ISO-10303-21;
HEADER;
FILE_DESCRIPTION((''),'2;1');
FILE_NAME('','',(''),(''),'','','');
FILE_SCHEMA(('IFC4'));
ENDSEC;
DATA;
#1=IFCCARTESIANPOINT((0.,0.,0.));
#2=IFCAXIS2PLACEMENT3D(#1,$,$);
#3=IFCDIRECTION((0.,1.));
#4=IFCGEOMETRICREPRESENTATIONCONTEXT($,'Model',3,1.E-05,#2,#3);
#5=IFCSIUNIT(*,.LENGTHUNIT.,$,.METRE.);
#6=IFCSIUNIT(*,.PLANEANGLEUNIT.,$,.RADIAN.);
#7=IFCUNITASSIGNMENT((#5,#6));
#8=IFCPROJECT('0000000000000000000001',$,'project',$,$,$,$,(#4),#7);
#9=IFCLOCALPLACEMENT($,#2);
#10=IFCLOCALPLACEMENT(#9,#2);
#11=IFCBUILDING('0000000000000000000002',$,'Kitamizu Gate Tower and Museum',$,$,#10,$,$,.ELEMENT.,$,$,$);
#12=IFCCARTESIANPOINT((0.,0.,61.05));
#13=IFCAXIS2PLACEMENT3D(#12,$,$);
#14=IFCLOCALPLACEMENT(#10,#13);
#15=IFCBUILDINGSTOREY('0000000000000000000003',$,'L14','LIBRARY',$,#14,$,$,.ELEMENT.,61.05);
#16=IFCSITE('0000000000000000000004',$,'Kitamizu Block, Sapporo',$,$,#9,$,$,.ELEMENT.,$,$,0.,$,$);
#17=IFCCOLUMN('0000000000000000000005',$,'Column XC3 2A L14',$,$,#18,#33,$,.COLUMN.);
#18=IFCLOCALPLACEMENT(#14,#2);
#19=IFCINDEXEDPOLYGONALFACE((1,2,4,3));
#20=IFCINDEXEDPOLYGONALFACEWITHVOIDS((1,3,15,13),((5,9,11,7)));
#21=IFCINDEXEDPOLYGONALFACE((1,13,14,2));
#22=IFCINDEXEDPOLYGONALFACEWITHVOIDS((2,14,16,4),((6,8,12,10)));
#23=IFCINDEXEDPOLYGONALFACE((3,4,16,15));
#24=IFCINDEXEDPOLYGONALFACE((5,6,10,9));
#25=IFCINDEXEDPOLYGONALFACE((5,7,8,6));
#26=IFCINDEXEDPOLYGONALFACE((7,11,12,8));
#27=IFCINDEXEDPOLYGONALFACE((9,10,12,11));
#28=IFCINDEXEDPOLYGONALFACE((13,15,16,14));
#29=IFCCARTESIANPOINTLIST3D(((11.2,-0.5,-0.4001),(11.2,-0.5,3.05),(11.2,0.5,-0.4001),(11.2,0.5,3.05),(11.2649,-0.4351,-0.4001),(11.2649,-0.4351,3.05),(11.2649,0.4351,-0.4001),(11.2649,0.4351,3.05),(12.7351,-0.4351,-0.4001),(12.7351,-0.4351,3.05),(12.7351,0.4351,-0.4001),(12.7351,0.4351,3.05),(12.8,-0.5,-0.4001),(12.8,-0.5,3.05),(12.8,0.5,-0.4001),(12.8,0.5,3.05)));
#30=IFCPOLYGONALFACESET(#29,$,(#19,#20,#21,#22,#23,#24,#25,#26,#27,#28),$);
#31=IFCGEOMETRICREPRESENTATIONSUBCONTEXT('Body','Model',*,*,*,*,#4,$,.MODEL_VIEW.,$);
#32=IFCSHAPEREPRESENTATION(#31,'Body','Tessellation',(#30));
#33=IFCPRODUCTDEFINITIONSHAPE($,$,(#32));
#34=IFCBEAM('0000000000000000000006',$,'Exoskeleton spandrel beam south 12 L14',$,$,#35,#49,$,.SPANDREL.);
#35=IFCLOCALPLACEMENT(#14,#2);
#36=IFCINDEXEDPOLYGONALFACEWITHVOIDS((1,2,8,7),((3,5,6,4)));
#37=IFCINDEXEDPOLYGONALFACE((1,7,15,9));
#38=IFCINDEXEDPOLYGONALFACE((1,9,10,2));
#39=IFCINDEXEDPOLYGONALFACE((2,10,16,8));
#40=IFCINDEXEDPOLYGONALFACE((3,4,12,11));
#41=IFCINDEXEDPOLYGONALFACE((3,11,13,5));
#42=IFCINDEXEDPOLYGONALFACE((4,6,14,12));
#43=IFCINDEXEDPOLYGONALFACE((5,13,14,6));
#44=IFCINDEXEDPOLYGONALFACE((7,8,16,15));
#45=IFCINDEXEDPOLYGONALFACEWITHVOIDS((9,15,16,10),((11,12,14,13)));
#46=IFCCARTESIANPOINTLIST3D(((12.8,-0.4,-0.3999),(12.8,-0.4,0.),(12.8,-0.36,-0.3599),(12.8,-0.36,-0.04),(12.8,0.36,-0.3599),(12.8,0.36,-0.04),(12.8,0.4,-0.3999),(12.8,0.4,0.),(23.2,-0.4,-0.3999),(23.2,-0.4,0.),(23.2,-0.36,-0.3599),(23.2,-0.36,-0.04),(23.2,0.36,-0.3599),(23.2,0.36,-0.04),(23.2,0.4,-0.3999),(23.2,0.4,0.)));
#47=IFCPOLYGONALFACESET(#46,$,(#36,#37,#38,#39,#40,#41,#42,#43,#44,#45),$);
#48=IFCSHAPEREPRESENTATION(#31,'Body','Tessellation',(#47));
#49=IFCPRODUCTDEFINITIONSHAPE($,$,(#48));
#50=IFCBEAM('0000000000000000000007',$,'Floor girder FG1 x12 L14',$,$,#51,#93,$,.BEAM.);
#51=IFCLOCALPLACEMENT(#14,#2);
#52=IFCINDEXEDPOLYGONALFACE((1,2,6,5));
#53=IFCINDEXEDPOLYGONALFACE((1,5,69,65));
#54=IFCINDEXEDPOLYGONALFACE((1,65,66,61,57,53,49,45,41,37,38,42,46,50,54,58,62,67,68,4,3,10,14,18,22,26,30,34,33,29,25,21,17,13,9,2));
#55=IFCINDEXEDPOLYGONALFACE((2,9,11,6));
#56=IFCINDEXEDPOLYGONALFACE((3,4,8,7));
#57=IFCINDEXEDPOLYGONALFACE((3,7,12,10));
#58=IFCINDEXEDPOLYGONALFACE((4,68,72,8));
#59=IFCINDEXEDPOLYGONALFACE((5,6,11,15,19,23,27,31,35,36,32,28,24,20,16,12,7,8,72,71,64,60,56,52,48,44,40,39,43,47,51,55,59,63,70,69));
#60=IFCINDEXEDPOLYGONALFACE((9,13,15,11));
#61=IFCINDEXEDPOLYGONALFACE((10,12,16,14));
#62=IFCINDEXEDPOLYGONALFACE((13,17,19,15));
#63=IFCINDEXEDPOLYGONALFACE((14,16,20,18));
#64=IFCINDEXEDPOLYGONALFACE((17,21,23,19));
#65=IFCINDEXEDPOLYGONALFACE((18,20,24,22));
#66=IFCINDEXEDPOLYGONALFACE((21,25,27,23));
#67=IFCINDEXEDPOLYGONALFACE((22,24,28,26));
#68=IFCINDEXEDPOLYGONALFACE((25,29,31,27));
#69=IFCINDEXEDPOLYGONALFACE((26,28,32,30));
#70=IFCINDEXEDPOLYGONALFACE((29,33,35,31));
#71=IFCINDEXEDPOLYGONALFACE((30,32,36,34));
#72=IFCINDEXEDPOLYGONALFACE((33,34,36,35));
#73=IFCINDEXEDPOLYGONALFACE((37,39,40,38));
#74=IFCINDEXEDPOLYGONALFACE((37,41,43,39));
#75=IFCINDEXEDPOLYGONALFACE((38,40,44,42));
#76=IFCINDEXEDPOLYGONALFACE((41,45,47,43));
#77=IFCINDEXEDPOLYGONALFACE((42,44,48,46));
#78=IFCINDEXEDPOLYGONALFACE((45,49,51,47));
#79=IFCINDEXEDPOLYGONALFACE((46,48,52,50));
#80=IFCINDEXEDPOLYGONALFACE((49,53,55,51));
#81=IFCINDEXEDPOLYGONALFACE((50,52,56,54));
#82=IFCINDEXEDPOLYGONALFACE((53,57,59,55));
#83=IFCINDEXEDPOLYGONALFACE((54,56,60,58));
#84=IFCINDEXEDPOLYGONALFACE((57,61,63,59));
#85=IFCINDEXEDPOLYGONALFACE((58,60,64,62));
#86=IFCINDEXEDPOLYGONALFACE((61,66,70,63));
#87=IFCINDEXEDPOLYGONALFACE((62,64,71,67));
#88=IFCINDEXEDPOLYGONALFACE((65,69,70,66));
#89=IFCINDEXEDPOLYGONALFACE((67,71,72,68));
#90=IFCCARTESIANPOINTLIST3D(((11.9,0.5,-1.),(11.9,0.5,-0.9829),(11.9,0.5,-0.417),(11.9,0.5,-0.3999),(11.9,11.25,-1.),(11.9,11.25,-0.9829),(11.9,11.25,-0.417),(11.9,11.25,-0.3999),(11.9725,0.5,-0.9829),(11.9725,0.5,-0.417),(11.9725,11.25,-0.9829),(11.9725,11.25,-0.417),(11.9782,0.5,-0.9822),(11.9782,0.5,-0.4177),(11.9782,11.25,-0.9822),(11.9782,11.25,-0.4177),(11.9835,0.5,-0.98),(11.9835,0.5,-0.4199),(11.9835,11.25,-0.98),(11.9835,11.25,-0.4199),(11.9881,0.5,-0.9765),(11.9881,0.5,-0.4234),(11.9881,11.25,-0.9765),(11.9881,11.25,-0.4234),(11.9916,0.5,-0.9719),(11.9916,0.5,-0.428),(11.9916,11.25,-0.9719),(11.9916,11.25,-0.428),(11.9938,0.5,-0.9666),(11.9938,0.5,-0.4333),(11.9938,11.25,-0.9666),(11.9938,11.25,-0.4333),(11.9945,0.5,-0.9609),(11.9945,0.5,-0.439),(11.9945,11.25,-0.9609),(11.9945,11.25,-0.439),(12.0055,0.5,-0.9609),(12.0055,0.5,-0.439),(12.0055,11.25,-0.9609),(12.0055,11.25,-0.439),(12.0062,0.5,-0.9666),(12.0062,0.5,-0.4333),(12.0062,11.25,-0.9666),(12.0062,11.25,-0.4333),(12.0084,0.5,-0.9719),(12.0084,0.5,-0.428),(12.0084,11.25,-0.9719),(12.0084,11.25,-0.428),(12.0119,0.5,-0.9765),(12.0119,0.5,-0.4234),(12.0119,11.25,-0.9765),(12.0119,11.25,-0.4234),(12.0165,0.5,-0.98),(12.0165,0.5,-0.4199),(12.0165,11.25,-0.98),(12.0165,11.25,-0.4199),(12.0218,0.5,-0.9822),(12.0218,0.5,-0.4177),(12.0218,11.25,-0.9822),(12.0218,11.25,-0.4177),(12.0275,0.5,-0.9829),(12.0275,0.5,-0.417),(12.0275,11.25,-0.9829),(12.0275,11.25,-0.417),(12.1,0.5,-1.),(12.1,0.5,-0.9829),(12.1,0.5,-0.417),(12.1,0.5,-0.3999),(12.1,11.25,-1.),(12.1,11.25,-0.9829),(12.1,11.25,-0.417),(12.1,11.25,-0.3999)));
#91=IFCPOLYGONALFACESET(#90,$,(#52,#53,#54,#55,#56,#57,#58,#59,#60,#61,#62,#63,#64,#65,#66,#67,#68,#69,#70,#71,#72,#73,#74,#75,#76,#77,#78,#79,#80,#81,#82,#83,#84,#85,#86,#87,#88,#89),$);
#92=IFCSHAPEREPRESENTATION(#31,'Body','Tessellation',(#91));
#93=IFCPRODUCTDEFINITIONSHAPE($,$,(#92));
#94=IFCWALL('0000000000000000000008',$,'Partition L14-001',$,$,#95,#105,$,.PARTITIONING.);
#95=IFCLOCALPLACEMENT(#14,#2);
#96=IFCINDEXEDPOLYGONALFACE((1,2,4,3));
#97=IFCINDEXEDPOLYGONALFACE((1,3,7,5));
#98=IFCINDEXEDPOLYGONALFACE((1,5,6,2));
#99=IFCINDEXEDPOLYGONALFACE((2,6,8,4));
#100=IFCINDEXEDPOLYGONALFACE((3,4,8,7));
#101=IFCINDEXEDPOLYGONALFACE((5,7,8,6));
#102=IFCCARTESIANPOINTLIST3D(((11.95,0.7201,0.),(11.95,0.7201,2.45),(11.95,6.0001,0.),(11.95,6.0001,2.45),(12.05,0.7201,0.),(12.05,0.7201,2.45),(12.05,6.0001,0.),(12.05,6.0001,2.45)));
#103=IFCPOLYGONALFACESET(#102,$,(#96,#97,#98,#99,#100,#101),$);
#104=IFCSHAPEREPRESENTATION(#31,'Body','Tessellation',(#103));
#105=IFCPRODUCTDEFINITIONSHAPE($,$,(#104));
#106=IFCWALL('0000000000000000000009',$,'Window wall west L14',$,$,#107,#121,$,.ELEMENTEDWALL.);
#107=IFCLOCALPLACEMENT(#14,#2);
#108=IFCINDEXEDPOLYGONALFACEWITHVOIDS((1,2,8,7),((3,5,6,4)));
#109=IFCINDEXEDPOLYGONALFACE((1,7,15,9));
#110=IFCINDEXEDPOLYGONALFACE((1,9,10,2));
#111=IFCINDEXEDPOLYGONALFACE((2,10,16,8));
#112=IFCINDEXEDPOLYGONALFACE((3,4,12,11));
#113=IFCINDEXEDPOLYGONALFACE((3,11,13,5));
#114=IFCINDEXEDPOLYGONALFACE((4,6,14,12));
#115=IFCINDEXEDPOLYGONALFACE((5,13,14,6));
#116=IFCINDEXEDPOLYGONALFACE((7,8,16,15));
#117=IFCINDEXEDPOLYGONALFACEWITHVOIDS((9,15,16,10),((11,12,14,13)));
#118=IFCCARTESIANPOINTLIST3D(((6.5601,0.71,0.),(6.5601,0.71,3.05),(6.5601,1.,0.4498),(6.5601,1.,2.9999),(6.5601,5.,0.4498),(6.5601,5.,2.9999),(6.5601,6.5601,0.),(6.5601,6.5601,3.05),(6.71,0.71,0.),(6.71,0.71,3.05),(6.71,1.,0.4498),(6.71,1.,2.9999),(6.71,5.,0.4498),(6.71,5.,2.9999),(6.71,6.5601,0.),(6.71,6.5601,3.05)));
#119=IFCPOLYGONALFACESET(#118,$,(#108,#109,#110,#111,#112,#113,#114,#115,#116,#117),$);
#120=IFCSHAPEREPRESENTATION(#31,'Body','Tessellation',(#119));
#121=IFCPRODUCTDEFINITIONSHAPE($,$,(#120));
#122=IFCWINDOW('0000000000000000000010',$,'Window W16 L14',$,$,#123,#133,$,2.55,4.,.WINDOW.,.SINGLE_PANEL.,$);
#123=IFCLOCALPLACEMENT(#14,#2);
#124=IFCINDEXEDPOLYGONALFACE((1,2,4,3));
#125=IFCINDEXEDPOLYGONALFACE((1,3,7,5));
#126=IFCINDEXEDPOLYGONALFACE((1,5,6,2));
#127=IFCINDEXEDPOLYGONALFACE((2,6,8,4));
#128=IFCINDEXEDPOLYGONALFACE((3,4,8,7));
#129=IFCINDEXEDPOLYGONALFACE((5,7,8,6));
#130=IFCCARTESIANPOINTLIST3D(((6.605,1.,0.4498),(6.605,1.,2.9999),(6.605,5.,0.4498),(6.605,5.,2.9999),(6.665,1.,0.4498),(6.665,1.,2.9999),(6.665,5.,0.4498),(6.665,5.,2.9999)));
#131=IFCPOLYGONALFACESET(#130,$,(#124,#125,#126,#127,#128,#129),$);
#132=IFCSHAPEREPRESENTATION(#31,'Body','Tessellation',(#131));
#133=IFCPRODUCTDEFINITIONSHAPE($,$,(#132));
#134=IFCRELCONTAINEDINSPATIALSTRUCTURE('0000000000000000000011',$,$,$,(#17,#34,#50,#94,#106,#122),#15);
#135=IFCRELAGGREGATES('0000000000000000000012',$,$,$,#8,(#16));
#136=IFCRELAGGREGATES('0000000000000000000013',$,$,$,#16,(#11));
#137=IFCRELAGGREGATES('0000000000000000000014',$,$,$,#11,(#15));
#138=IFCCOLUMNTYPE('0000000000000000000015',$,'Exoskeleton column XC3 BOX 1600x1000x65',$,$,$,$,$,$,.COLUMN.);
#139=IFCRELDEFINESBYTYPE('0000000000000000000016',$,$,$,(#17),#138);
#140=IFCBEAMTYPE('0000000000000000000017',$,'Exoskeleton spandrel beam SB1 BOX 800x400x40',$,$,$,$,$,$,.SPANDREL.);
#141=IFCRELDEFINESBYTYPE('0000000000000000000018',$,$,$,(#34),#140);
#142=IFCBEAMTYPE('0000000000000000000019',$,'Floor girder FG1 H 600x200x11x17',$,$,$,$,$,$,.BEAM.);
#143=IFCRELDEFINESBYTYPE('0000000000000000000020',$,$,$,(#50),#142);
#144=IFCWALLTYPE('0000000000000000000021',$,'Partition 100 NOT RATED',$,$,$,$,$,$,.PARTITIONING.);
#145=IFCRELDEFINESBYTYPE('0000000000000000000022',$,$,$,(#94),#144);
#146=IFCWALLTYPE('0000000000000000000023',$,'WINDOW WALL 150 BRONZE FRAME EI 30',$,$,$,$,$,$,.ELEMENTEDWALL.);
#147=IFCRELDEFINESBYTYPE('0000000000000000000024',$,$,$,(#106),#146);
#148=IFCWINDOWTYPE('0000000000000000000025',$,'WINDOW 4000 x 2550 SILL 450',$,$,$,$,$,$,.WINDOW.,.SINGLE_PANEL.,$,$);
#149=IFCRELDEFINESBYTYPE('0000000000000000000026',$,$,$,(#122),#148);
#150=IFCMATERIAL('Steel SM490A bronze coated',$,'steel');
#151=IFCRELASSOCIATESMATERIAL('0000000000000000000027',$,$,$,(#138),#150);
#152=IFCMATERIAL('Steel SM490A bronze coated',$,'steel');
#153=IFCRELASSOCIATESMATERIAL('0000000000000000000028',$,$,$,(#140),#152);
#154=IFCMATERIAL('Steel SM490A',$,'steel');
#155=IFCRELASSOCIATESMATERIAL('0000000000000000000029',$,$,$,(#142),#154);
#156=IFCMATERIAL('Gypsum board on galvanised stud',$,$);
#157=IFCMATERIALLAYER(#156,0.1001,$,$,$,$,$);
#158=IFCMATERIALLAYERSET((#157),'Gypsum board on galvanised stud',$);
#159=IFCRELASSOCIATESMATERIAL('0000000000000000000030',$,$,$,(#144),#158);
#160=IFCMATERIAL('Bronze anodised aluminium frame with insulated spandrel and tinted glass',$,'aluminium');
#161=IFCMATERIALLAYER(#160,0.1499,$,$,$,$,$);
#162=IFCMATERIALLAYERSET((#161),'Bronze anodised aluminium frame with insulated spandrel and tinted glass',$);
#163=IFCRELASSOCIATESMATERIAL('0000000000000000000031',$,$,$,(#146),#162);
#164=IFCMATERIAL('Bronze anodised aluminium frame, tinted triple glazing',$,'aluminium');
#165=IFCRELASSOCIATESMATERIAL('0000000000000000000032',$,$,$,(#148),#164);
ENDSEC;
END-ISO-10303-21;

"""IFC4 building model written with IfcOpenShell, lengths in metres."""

from ifc_helpers import new_model, si_unit, direction, frame, frame_2d, origin, origin_2d, place, context, subcontext, project, spatial, rectangle, hollow_rectangle, i_section, extrude, material, layer, layer_set, material_profile, profile_set, type_object, element, fill, save


model = new_model("IFC4")

# Units and contexts
model_context = context("Model", 3, precision=1e-05, world=origin(), true_north=direction((0.0, 1.0)))
body_context = subcontext(model_context, "Body", "Model", "MODEL_VIEW")
ifc_project = project(units=[si_unit("LENGTHUNIT", "METRE"), si_unit("PLANEANGLEUNIT", "RADIAN")], contexts=[model_context])

# Site, building, storey
site_placement = place(None, origin())
site = spatial("IfcSite", under=ifc_project, at=site_placement, Name="Kitamizu Block, Sapporo", CompositionType="ELEMENT", RefElevation=0.0)
building_placement = place(site_placement, origin())
building = spatial("IfcBuilding", under=site, at=building_placement, Name="Kitamizu Gate Tower and Museum", CompositionType="ELEMENT")
storey_placement = place(building_placement, frame((0.0, 0.0, 61.05)))
storey = spatial("IfcBuildingStorey", under=building, at=storey_placement, Name="L14", Description="LIBRARY", CompositionType="ELEMENT", Elevation=61.05)

# Column
ifc_material_1 = material(Name="Steel SM490A bronze coated", Category="steel")
ifc_material_profile_1 = material_profile(ifc_material_1, hollow_rectangle(XDim=1.6001, YDim=1.0, WallThickness=0.0649, at=origin_2d()), Name="BOX 1600x1000x65")
ifc_profile_set_1 = profile_set([ifc_material_profile_1], Name="Steel SM490A bronze coated")
column_type = type_object("IfcColumnType", Name="Exoskeleton column XC3 BOX 1600x1000x65", PredefinedType="COLUMN", material=ifc_profile_set_1)
column_placement = place(storey_placement, frame((12.0, 0.0, -0.4001), z_axis=(0.0, 0.0, 1.0), x_axis=(1.0, 0.0, 0.0)))
element("IfcColumn", 1, at=column_placement, inside=storey, type_object=column_type, Name="Column XC3 2A L14", PredefinedType="COLUMN", context=body_context, shape_type="SweptSolid", body=[
    extrude(hollow_rectangle(XDim=1.6001, YDim=1.0, WallThickness=0.0649, at=origin_2d()), origin(), (0.0, 0.0, 1.0), 3.4502),
])

# Beams
ifc_material_2 = material(Name="Steel SM490A bronze coated", Category="steel")
ifc_material_profile_2 = material_profile(ifc_material_2, hollow_rectangle(XDim=0.8, YDim=0.3999, WallThickness=0.04, at=origin_2d()), Name="BOX 800x400x40")
ifc_profile_set_2 = profile_set([ifc_material_profile_2], Name="Steel SM490A bronze coated")
beam_type_1 = type_object("IfcBeamType", Name="Exoskeleton spandrel beam SB1 BOX 800x400x40", PredefinedType="SPANDREL", material=ifc_profile_set_2)
beam_1_placement = place(storey_placement, frame((12.8, 0.0, -0.2), z_axis=(1.0, 0.0, 0.0), x_axis=(0.0, 1.0, 0.0)))
element("IfcBeam", 2, at=beam_1_placement, inside=storey, type_object=beam_type_1, Name="Exoskeleton spandrel beam south 12 L14", PredefinedType="SPANDREL", context=body_context, shape_type="SweptSolid", body=[
    extrude(hollow_rectangle(XDim=0.8, YDim=0.3999, WallThickness=0.04, at=origin_2d()), origin(), (0.0, 0.0, 1.0), 10.3999),
])
ifc_material_3 = material(Name="Steel SM490A", Category="steel")
ifc_material_profile_3 = material_profile(ifc_material_3, i_section(OverallWidth=0.2, OverallDepth=0.6001, WebThickness=0.011, FlangeThickness=0.0171, FilletRadius=0.022, at=origin_2d()), Name="H-600x200x11x17")
ifc_profile_set_3 = profile_set([ifc_material_profile_3], Name="Steel SM490A")
beam_type_2 = type_object("IfcBeamType", Name="Floor girder FG1 H 600x200x11x17", PredefinedType="BEAM", material=ifc_profile_set_3)
beam_2_placement = place(storey_placement, frame((12.0, 0.5, -0.7), z_axis=(0.0, 1.0, 0.0), x_axis=(-1.0, 0.0, 0.0)))
element("IfcBeam", 3, at=beam_2_placement, inside=storey, type_object=beam_type_2, Name="Floor girder FG1 x12 L14", PredefinedType="BEAM", context=body_context, shape_type="SweptSolid", body=[
    extrude(i_section(OverallWidth=0.2, OverallDepth=0.6001, WebThickness=0.011, FlangeThickness=0.0171, FilletRadius=0.022, at=origin_2d()), origin(), (0.0, 0.0, 1.0), 10.75),
])

# Wall
ifc_material_4 = material(Name="Gypsum board on galvanised stud")
ifc_layer_1 = layer(ifc_material_4, 0.1001)
ifc_layer_set_1 = layer_set([ifc_layer_1], Name="Gypsum board on galvanised stud")
wall_type_1 = type_object("IfcWallType", Name="Partition 100 NOT RATED", PredefinedType="PARTITIONING", material=ifc_layer_set_1)
wall_1_placement = place(storey_placement, frame((12.0, 0.72, 0.0), z_axis=(0.0, 0.0, 1.0), x_axis=(0.0, 1.0, 0.0)))
element("IfcWall", 4, at=wall_1_placement, inside=storey, type_object=wall_type_1, Name="Partition L14-001", PredefinedType="PARTITIONING", context=body_context, shape_type="SweptSolid", body=[
    extrude(rectangle(XDim=5.28, YDim=0.1001, at=frame_2d((2.6401, 0.0))), origin(), (0.0, 0.0, 1.0), 2.45),
])

# Shared definitions
ifc_material_5 = material(Name="Bronze anodised aluminium frame with insulated spandrel and tinted glass", Category="aluminium")
ifc_layer_2 = layer(ifc_material_5, 0.1499)
ifc_layer_set_2 = layer_set([ifc_layer_2], Name="Bronze anodised aluminium frame with insulated spandrel and tinted glass")
wall_type_2 = type_object("IfcWallType", Name="WINDOW WALL 150 BRONZE FRAME EI 30", PredefinedType="ELEMENTEDWALL", material=ifc_layer_set_2)

# Wall, opening, window
wall_2_placement = place(storey_placement, frame((6.635, 0.71, 0.0), z_axis=(0.0, 0.0, 1.0), x_axis=(0.0, 1.0, 0.0)))
wall_2 = element("IfcWall", 5, at=wall_2_placement, inside=storey, type_object=wall_type_2, Name="Window wall west L14", PredefinedType="ELEMENTEDWALL", context=body_context, shape_type="SweptSolid", body=[
    extrude(rectangle(XDim=5.8501, YDim=0.1499, at=frame_2d((2.925, 0.0))), origin(), (0.0, 0.0, 1.0), 3.05),
])
opening_1_placement = place(wall_2_placement, frame((0.29, 0.0, 0.45)))
opening_1 = element("IfcOpeningElement", 6, at=opening_1_placement, cuts=wall_2, PredefinedType="OPENING", context=body_context, shape_type="SweptSolid", body=[
    extrude(rectangle(XDim=4.0, YDim=2.55, at=frame_2d((2.0, 1.2749))), frame((0.0, 0.085, 0.0), z_axis=(0.0, -1.0, 0.0), x_axis=(1.0, 0.0, 0.0)), (0.0, 0.0, 1.0), 0.1699),
])
ifc_material_6 = material(Name="Bronze anodised aluminium frame, tinted triple glazing", Category="aluminium")
window_type_1 = type_object("IfcWindowType", Name="WINDOW 4000 x 2550 SILL 450", PartitioningType="SINGLE_PANEL", PredefinedType="WINDOW", material=ifc_material_6)
window_1_placement = place(opening_1_placement, origin())
window_1 = element("IfcWindow", 7, at=window_1_placement, inside=storey, type_object=window_type_1, Name="Window W16 L14", OverallHeight=2.55, OverallWidth=4.0, PartitioningType="SINGLE_PANEL", PredefinedType="WINDOW", context=body_context, shape_type="SweptSolid", body=[
    extrude(rectangle(XDim=4.0, YDim=2.55, at=frame_2d((2.0, 1.2749))), frame((0.0, 0.03, 0.0), z_axis=(0.0, -1.0, 0.0), x_axis=(1.0, 0.0, 0.0)), (0.0, 0.0, 1.0), 0.0601),
])
fill(opening_1, window_1)

save(model, "model.ifc")
